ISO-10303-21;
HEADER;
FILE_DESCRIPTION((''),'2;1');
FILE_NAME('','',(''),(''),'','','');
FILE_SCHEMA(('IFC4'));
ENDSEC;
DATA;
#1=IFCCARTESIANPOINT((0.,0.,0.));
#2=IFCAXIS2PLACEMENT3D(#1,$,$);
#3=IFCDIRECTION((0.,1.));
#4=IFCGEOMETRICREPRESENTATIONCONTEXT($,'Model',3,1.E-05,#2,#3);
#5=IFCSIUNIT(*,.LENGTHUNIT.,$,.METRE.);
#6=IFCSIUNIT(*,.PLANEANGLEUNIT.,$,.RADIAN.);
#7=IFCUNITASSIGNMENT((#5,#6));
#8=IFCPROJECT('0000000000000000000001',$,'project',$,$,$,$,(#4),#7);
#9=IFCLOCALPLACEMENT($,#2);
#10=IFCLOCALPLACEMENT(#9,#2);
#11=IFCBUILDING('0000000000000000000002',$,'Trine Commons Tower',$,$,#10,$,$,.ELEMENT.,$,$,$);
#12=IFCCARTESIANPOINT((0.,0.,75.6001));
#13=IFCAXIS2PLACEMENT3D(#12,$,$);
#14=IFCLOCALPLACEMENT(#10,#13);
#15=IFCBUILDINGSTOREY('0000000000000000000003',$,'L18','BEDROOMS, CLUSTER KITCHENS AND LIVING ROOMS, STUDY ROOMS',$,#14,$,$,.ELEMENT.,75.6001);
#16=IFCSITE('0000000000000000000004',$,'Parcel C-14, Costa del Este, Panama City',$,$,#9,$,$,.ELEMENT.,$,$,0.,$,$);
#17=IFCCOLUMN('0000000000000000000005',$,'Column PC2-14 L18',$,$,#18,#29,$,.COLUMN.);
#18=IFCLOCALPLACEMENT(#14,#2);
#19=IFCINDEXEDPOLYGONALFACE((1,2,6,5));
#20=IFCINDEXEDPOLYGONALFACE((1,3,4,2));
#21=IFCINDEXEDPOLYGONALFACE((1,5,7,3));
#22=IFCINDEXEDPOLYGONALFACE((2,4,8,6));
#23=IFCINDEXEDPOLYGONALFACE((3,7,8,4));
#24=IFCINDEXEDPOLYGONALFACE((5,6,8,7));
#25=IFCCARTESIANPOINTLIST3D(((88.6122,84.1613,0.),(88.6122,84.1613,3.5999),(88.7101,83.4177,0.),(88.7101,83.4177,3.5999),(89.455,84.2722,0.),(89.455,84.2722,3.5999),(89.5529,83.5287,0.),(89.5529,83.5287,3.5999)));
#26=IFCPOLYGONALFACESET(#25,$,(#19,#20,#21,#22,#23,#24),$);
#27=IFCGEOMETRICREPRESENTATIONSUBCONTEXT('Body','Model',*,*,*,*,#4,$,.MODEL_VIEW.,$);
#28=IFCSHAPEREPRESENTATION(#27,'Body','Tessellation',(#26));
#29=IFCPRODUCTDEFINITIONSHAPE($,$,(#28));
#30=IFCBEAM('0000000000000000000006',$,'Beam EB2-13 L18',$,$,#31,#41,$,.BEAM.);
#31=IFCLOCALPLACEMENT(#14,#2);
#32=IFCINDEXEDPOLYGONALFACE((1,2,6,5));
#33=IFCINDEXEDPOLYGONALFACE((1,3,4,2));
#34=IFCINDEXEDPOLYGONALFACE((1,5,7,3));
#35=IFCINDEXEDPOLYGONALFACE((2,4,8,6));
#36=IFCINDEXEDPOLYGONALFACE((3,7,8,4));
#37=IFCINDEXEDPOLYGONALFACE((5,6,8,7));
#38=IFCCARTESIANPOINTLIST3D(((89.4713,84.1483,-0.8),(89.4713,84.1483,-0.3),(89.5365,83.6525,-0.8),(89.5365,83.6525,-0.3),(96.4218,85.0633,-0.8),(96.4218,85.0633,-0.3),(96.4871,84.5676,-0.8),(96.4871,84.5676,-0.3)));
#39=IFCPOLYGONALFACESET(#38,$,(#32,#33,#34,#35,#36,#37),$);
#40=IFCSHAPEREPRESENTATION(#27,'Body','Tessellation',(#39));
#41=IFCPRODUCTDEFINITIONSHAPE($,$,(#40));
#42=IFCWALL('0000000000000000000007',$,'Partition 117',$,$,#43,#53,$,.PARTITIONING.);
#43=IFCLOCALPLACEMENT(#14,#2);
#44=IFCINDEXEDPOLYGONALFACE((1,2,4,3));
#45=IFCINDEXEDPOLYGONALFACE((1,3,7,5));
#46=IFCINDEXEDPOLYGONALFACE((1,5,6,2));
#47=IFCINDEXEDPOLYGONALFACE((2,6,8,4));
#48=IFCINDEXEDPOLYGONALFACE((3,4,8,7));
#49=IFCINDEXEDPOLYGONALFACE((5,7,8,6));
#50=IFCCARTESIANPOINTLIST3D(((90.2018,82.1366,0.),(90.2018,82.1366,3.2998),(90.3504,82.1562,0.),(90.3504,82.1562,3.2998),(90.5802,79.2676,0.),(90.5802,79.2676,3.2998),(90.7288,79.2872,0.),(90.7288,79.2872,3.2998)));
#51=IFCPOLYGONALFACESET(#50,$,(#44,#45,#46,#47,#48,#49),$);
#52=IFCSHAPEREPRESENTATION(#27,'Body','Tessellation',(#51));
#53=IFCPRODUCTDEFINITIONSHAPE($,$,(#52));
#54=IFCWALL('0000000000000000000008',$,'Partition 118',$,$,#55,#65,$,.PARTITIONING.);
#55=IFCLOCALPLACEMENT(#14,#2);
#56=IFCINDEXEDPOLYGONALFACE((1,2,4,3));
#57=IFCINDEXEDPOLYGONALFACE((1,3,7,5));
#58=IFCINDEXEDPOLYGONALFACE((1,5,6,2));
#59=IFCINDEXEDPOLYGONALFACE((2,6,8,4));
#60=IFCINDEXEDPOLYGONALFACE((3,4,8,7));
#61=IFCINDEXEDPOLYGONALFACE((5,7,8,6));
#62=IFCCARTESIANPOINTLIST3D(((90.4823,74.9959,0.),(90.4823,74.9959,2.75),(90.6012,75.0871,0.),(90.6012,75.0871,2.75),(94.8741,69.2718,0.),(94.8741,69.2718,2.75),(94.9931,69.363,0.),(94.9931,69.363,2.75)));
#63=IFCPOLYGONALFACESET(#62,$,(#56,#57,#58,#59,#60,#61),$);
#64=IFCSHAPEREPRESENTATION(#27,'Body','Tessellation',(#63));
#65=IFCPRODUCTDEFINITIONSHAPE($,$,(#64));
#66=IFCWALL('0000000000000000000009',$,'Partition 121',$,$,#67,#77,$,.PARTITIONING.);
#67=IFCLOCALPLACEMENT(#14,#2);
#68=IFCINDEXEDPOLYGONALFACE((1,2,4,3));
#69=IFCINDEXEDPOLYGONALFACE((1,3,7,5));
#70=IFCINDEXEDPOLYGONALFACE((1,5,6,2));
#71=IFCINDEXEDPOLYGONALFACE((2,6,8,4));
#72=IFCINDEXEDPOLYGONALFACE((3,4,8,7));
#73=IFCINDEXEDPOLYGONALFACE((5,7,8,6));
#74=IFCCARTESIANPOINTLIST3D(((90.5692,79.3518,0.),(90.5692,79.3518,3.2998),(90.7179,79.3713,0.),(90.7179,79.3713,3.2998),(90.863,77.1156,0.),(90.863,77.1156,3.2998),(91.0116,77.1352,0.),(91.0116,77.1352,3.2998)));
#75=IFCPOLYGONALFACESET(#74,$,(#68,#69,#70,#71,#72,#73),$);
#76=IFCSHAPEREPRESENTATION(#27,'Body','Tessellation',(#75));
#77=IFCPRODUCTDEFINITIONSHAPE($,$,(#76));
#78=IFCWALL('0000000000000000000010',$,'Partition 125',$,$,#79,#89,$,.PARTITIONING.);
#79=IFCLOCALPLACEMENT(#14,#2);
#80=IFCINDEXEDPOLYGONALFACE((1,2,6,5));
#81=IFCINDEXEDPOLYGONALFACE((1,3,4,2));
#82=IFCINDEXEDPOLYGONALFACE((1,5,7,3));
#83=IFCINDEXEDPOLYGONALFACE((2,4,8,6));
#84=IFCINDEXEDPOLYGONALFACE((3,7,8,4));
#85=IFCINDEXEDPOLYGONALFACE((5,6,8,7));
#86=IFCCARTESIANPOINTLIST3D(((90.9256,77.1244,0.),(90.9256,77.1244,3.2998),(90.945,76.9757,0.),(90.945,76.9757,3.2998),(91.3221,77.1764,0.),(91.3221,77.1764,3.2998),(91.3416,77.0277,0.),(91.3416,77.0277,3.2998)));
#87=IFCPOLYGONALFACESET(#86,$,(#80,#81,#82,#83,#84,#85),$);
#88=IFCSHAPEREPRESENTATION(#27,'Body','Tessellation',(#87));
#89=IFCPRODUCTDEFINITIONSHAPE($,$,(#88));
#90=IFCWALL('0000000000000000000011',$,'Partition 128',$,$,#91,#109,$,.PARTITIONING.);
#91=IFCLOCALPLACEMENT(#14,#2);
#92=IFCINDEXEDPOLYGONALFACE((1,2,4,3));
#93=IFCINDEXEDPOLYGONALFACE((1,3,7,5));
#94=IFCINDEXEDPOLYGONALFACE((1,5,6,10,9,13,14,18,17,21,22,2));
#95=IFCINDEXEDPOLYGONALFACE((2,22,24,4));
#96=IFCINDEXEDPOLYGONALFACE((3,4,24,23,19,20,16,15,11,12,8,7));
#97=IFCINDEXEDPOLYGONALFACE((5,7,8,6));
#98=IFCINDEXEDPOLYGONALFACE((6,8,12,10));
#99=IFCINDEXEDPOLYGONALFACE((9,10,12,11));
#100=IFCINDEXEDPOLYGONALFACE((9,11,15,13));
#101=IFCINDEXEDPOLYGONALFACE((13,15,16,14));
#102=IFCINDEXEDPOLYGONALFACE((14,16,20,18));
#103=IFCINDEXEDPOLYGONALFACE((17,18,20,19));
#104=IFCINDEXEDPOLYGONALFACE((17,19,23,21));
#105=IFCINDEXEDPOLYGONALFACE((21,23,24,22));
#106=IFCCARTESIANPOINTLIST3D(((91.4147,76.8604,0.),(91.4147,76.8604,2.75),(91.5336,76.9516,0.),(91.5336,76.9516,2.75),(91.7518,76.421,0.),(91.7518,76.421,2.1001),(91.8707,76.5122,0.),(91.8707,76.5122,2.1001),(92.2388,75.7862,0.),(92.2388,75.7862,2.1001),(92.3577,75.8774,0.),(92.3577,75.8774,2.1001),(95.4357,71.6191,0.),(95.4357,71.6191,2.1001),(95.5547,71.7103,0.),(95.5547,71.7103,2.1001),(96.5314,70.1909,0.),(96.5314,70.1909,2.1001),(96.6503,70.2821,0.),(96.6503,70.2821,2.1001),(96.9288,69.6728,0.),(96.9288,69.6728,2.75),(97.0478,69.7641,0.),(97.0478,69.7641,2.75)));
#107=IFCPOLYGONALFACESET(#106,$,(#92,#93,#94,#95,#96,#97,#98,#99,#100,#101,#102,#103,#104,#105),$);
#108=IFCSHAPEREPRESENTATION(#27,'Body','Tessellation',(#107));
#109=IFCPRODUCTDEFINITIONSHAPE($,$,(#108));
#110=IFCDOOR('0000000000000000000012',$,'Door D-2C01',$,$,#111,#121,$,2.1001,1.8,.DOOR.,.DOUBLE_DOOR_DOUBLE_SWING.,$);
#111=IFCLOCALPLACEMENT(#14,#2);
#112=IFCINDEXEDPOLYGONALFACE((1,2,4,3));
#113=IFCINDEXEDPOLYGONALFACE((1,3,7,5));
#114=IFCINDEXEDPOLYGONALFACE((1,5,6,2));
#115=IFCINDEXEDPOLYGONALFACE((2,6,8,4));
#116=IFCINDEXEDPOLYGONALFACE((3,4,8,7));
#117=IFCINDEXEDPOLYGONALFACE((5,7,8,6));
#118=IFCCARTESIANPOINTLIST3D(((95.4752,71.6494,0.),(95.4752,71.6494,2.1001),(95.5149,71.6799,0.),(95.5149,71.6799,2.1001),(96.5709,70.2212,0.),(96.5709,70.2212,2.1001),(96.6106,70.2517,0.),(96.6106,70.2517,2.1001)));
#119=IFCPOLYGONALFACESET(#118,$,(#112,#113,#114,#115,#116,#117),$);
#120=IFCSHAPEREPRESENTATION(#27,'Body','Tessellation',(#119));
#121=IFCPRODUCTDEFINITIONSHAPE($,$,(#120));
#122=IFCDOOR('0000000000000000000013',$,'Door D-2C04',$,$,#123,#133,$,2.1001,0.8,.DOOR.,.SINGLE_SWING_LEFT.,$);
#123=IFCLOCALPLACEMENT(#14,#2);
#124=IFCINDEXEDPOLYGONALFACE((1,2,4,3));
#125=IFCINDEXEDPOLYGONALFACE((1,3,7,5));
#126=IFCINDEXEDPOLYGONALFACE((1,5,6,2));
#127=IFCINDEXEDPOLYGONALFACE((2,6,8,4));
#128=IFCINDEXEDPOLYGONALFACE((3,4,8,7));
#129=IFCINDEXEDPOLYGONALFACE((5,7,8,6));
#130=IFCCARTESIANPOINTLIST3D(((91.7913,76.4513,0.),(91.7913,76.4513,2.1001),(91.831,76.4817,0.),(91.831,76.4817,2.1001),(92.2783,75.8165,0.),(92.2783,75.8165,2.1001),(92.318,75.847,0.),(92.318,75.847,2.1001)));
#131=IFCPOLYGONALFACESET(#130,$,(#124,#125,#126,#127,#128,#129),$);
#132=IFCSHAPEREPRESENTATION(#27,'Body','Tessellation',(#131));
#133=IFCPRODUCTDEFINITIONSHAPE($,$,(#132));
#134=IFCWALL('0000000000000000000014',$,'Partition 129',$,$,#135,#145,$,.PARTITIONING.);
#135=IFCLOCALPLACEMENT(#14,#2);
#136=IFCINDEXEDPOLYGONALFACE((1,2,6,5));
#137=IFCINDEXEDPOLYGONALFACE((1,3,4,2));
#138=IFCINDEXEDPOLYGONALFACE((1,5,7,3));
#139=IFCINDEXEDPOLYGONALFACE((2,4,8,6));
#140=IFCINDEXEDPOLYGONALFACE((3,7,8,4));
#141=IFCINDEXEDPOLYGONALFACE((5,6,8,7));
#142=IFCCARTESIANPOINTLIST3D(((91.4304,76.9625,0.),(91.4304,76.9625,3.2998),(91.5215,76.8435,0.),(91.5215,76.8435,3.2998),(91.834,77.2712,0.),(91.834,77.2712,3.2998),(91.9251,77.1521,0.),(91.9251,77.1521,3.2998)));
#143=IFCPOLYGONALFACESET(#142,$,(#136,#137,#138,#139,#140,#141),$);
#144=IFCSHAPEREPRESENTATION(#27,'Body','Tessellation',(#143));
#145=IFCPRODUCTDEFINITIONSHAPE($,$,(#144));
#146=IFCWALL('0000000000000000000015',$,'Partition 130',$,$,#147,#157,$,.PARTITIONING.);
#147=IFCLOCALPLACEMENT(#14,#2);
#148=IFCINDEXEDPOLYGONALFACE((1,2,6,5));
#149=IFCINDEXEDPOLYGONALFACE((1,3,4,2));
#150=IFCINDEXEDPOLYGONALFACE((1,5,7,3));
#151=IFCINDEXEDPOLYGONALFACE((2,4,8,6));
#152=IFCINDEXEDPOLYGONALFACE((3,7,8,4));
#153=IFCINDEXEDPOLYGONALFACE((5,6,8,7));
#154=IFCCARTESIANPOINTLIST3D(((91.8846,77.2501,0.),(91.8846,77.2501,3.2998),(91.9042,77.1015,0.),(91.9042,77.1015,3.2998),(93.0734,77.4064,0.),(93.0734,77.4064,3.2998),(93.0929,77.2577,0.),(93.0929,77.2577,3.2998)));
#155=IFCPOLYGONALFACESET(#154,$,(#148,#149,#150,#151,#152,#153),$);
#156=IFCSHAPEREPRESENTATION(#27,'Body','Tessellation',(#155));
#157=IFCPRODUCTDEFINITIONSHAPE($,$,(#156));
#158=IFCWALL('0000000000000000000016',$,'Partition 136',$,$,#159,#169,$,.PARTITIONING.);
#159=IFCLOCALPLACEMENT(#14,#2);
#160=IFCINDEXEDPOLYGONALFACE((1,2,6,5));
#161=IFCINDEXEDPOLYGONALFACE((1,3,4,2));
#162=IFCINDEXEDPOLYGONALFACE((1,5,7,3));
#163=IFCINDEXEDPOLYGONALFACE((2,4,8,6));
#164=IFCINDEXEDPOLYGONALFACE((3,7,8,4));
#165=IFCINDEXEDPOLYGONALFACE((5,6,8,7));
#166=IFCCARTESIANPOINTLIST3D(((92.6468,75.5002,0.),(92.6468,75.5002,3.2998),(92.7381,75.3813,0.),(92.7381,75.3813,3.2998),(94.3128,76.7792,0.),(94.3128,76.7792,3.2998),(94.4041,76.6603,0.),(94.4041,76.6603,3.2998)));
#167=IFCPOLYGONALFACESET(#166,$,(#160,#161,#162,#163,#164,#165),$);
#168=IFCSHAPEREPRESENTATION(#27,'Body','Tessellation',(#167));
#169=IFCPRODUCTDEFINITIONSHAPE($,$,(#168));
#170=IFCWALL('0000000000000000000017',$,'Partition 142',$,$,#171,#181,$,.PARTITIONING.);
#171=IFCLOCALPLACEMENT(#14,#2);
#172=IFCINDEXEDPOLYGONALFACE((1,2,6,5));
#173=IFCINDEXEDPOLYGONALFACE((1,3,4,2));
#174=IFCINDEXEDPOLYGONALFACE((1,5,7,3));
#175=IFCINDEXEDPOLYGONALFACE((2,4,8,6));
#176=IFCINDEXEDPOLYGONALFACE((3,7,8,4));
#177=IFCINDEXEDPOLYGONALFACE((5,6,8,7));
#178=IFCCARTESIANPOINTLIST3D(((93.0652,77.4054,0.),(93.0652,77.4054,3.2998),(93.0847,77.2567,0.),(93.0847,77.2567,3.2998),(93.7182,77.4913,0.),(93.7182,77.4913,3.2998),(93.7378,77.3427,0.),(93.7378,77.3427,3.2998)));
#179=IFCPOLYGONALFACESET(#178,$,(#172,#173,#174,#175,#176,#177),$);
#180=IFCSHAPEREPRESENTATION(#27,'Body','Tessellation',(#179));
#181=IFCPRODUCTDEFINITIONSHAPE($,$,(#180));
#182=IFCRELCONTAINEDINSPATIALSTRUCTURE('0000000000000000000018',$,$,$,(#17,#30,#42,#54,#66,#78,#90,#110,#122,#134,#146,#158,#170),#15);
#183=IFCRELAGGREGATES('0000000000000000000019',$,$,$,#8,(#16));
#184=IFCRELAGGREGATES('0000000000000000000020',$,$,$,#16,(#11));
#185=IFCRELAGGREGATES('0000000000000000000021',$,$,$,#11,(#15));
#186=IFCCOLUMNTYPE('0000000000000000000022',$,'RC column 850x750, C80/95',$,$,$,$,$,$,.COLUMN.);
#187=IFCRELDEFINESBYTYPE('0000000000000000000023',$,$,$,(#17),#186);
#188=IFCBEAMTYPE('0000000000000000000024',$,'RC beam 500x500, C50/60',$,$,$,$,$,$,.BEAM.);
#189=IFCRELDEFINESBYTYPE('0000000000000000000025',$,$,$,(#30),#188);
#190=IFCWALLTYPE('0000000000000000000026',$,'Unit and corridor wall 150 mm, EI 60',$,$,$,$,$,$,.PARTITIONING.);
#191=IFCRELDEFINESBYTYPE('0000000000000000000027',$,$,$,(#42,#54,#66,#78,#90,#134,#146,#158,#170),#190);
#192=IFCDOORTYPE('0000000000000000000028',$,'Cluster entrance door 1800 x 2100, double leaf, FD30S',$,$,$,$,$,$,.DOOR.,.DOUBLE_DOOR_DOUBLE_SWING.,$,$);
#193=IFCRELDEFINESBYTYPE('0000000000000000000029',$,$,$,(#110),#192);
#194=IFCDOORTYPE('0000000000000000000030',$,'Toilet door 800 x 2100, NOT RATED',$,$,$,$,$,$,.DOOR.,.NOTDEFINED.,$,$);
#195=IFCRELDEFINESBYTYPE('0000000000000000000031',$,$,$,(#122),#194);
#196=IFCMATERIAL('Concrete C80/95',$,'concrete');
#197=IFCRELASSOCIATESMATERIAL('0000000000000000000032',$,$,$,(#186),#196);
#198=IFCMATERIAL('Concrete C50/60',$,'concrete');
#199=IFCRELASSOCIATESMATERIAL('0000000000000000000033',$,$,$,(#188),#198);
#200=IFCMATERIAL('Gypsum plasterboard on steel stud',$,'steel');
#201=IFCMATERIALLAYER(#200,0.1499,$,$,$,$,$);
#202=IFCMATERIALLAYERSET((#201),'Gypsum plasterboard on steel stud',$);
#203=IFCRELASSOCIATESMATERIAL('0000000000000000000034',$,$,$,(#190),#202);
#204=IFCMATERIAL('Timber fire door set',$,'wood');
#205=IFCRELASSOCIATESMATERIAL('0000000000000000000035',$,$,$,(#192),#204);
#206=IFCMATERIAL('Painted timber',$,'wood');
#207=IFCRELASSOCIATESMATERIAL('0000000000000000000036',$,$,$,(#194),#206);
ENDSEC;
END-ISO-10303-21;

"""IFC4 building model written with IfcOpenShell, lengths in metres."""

from ifc_helpers import new_model, si_unit, direction, frame, frame_2d, origin, origin_2d, place, context, subcontext, project, spatial, rectangle, extrude, material, layer, layer_set, material_profile, profile_set, type_object, element, fill, save


model = new_model("IFC4")

# Units and contexts
model_context = context("Model", 3, precision=1e-05, world=origin(), true_north=direction((0.0, 1.0)))
body_context = subcontext(model_context, "Body", "Model", "MODEL_VIEW")
ifc_project = project(units=[si_unit("LENGTHUNIT", "METRE"), si_unit("PLANEANGLEUNIT", "RADIAN")], contexts=[model_context])

# Site, building, storey
site_placement = place(None, origin())
site = spatial("IfcSite", under=ifc_project, at=site_placement, Name="Parcel C-14, Costa del Este, Panama City", CompositionType="ELEMENT", RefElevation=0.0)
building_placement = place(site_placement, origin())
building = spatial("IfcBuilding", under=site, at=building_placement, Name="Trine Commons Tower", CompositionType="ELEMENT")
storey_placement = place(building_placement, frame((0.0, 0.0, 75.6001)))
storey = spatial("IfcBuildingStorey", under=building, at=storey_placement, Name="L18", Description="BEDROOMS, CLUSTER KITCHENS AND LIVING ROOMS, STUDY ROOMS", CompositionType="ELEMENT", Elevation=75.6001)

# Column
ifc_material_1 = material(Name="Concrete C80/95", Category="concrete")
ifc_material_profile_1 = material_profile(ifc_material_1, rectangle(XDim=0.8501, YDim=0.75, at=origin_2d()), Name="RC 850x750")
ifc_profile_set_1 = profile_set([ifc_material_profile_1], Name="Concrete C80/95")
column_type = type_object("IfcColumnType", Name="RC column 850x750, C80/95", PredefinedType="COLUMN", material=ifc_profile_set_1)
column_placement = place(storey_placement, frame((89.0825, 83.845, 0.0), z_axis=(0.0, 0.0, 1.0), x_axis=(0.991445, 0.130526, 0.0)))
element("IfcColumn", 1, at=column_placement, inside=storey, type_object=column_type, Name="Column PC2-14 L18", PredefinedType="COLUMN", context=body_context, shape_type="SweptSolid", body=[
    extrude(rectangle(XDim=0.8501, YDim=0.75, at=origin_2d()), origin(), (0.0, 0.0, 1.0), 3.5999),
])

# Beam
ifc_material_2 = material(Name="Concrete C50/60", Category="concrete")
ifc_material_profile_2 = material_profile(ifc_material_2, rectangle(XDim=0.5, YDim=0.5, at=origin_2d()), Name="RC 500x500")
ifc_profile_set_2 = profile_set([ifc_material_profile_2], Name="Concrete C50/60")
beam_type = type_object("IfcBeamType", Name="RC beam 500x500, C50/60", PredefinedType="BEAM", material=ifc_profile_set_2)
beam_placement = place(storey_placement, frame((89.5039, 83.9004, -0.55), z_axis=(0.991445, 0.130526, 0.0), x_axis=(-0.130526, 0.991445, 0.0)))
element("IfcBeam", 2, at=beam_placement, inside=storey, type_object=beam_type, Name="Beam EB2-13 L18", PredefinedType="BEAM", context=body_context, shape_type="SweptSolid", body=[
    extrude(rectangle(XDim=0.5, YDim=0.5, at=origin_2d()), origin(), (0.0, 0.0, 1.0), 7.0105),
])

# Walls
ifc_material_3 = material(Name="Gypsum plasterboard on steel stud", Category="steel")
ifc_layer_1 = layer(ifc_material_3, 0.1499)
ifc_layer_set_1 = layer_set([ifc_layer_1], Name="Gypsum plasterboard on steel stud")
wall_type_1 = type_object("IfcWallType", Name="Unit and corridor wall 150 mm, EI 60", PredefinedType="PARTITIONING", material=ifc_layer_set_1)
wall_1_placement = place(storey_placement, frame((90.2761, 82.1462, 0.0), z_axis=(0.0, 0.0, 1.0), x_axis=(0.130771, -0.991413, 0.0)))
element("IfcWall", 3, at=wall_1_placement, inside=storey, type_object=wall_type_1, Name="Partition 117", PredefinedType="PARTITIONING", context=body_context, shape_type="SweptSolid", body=[
    extrude(rectangle(XDim=2.8938, YDim=0.1499, at=frame_2d((1.4468, 0.0))), origin(), (0.0, 0.0, 1.0), 3.2998),
])
wall_2_placement = place(storey_placement, frame((90.5417, 75.0415, 0.0), z_axis=(0.0, 0.0, 1.0), x_axis=(0.608724, -0.793382, 0.0)))
element("IfcWall", 4, at=wall_2_placement, inside=storey, type_object=wall_type_1, Name="Partition 118", PredefinedType="PARTITIONING", context=body_context, shape_type="SweptSolid", body=[
    extrude(rectangle(XDim=7.2148, YDim=0.1499, at=frame_2d((3.6074, 0.0))), origin(), (0.0, 0.0, 1.0), 2.75),
])
wall_3_placement = place(storey_placement, frame((90.6436, 79.3616, 0.0), z_axis=(0.0, 0.0, 1.0), x_axis=(0.130228, -0.991484, 0.0)))
element("IfcWall", 5, at=wall_3_placement, inside=storey, type_object=wall_type_1, Name="Partition 121", PredefinedType="PARTITIONING", context=body_context, shape_type="SweptSolid", body=[
    extrude(rectangle(XDim=2.2554, YDim=0.1499, at=frame_2d((1.1277, 0.0))), origin(), (0.0, 0.0, 1.0), 3.2998),
])
wall_4_placement = place(storey_placement, frame((90.9353, 77.05, 0.0), z_axis=(0.0, 0.0, 1.0), x_axis=(0.991508, 0.130044, 0.0)))
element("IfcWall", 6, at=wall_4_placement, inside=storey, type_object=wall_type_1, Name="Partition 125", PredefinedType="PARTITIONING", context=body_context, shape_type="SweptSolid", body=[
    extrude(rectangle(XDim=0.3999, YDim=0.1499, at=frame_2d((0.2, 0.0))), origin(), (0.0, 0.0, 1.0), 3.2998),
])

# Wall, openings, doors
wall_5_placement = place(storey_placement, frame((91.4741, 76.906, 0.0), z_axis=(0.0, 0.0, 1.0), x_axis=(0.608692, -0.793407, 0.0)))
wall_5 = element("IfcWall", 7, at=wall_5_placement, inside=storey, type_object=wall_type_1, Name="Partition 128", PredefinedType="PARTITIONING", context=body_context, shape_type="SweptSolid", body=[
    extrude(rectangle(XDim=9.0591, YDim=0.1499, at=frame_2d((4.5295, 0.0))), origin(), (0.0, 0.0, 1.0), 2.75),
])
opening_1_placement = place(wall_5_placement, frame((6.6062, 0.0, 0.0)))
opening_1 = element("IfcOpeningElement", 8, at=opening_1_placement, cuts=wall_5, PredefinedType="OPENING", context=body_context, shape_type="SweptSolid", body=[
    extrude(rectangle(XDim=1.8, YDim=2.1001, at=frame_2d((0.8999, 1.05))), frame((0.0, 0.085, 0.0), z_axis=(0.0, -1.0, 0.0), x_axis=(1.0, 0.0, 0.0)), (0.0, 0.0, 1.0), 0.1699),
])
opening_2_placement = place(wall_5_placement, frame((0.554, 0.0, 0.0)))
opening_2 = element("IfcOpeningElement", 9, at=opening_2_placement, cuts=wall_5, PredefinedType="OPENING", context=body_context, shape_type="SweptSolid", body=[
    extrude(rectangle(XDim=0.8, YDim=2.1001, at=frame_2d((0.3999, 1.05))), frame((0.0, 0.085, 0.0), z_axis=(0.0, -1.0, 0.0), x_axis=(1.0, 0.0, 0.0)), (0.0, 0.0, 1.0), 0.1699),
])
ifc_material_4 = material(Name="Timber fire door set", Category="wood")
door_type_1 = type_object("IfcDoorType", Name="Cluster entrance door 1800 x 2100, double leaf, FD30S", OperationType="DOUBLE_DOOR_DOUBLE_SWING", PredefinedType="DOOR", material=ifc_material_4)
door_1_placement = place(opening_1_placement, origin())
door_1 = element("IfcDoor", 10, at=door_1_placement, inside=storey, type_object=door_type_1, Name="Door D-2C01", OperationType="DOUBLE_DOOR_DOUBLE_SWING", OverallHeight=2.1001, OverallWidth=1.8, PredefinedType="DOOR", context=body_context, shape_type="SweptSolid", body=[
    extrude(rectangle(XDim=1.8, YDim=2.1001, at=frame_2d((0.8999, 1.05))), frame((0.0, 0.0249, 0.0), z_axis=(0.0, -1.0, 0.0), x_axis=(1.0, 0.0, 0.0)), (0.0, 0.0, 1.0), 0.05),
])
fill(opening_1, door_1)
ifc_material_5 = material(Name="Painted timber", Category="wood")
door_type_2 = type_object("IfcDoorType", Name="Toilet door 800 x 2100, NOT RATED", OperationType="NOTDEFINED", PredefinedType="DOOR", material=ifc_material_5)
door_2_placement = place(opening_2_placement, origin())
door_2 = element("IfcDoor", 11, at=door_2_placement, inside=storey, type_object=door_type_2, Name="Door D-2C04", OperationType="SINGLE_SWING_LEFT", OverallHeight=2.1001, OverallWidth=0.8, PredefinedType="DOOR", context=body_context, shape_type="SweptSolid", body=[
    extrude(rectangle(XDim=0.8, YDim=2.1001, at=frame_2d((0.3999, 1.05))), frame((0.0, 0.0249, 0.0), z_axis=(0.0, -1.0, 0.0), x_axis=(1.0, 0.0, 0.0)), (0.0, 0.0, 1.0), 0.05),
])
fill(opening_2, door_2)

# Walls
wall_6_placement = place(storey_placement, frame((91.4761, 76.9031, 0.0), z_axis=(0.0, 0.0, 1.0), x_axis=(0.794371, 0.607432, 0.0)))
element("IfcWall", 12, at=wall_6_placement, inside=storey, type_object=wall_type_1, Name="Partition 129", PredefinedType="PARTITIONING", context=body_context, shape_type="SweptSolid", body=[
    extrude(rectangle(XDim=0.5081, YDim=0.1499, at=frame_2d((0.2539, 0.0))), origin(), (0.0, 0.0, 1.0), 3.2998),
])
wall_7_placement = place(storey_placement, frame((91.8943, 77.1758, 0.0), z_axis=(0.0, 0.0, 1.0), x_axis=(0.991472, 0.130323, 0.0)))
element("IfcWall", 13, at=wall_7_placement, inside=storey, type_object=wall_type_1, Name="Partition 130", PredefinedType="PARTITIONING", context=body_context, shape_type="SweptSolid", body=[
    extrude(rectangle(XDim=1.199, YDim=0.1499, at=frame_2d((0.5996, 0.0))), origin(), (0.0, 0.0, 1.0), 3.2998),
])
wall_8_placement = place(storey_placement, frame((92.6924, 75.4407, 0.0), z_axis=(0.0, 0.0, 1.0), x_axis=(0.793198, 0.608963, 0.0)))
element("IfcWall", 14, at=wall_8_placement, inside=storey, type_object=wall_type_1, Name="Partition 136", PredefinedType="PARTITIONING", context=body_context, shape_type="SweptSolid", body=[
    extrude(rectangle(XDim=2.1003, YDim=0.1499, at=frame_2d((1.0503, 0.0))), origin(), (0.0, 0.0, 1.0), 3.2998),
])
wall_9_placement = place(storey_placement, frame((93.075, 77.3311, 0.0), z_axis=(0.0, 0.0, 1.0), x_axis=(0.991453, 0.130464, 0.0)))
element("IfcWall", 15, at=wall_9_placement, inside=storey, type_object=wall_type_1, Name="Partition 142", PredefinedType="PARTITIONING", context=body_context, shape_type="SweptSolid", body=[
    extrude(rectangle(XDim=0.6587, YDim=0.1499, at=frame_2d((0.3293, 0.0))), origin(), (0.0, 0.0, 1.0), 3.2998),
])

save(model, "model.ifc")
